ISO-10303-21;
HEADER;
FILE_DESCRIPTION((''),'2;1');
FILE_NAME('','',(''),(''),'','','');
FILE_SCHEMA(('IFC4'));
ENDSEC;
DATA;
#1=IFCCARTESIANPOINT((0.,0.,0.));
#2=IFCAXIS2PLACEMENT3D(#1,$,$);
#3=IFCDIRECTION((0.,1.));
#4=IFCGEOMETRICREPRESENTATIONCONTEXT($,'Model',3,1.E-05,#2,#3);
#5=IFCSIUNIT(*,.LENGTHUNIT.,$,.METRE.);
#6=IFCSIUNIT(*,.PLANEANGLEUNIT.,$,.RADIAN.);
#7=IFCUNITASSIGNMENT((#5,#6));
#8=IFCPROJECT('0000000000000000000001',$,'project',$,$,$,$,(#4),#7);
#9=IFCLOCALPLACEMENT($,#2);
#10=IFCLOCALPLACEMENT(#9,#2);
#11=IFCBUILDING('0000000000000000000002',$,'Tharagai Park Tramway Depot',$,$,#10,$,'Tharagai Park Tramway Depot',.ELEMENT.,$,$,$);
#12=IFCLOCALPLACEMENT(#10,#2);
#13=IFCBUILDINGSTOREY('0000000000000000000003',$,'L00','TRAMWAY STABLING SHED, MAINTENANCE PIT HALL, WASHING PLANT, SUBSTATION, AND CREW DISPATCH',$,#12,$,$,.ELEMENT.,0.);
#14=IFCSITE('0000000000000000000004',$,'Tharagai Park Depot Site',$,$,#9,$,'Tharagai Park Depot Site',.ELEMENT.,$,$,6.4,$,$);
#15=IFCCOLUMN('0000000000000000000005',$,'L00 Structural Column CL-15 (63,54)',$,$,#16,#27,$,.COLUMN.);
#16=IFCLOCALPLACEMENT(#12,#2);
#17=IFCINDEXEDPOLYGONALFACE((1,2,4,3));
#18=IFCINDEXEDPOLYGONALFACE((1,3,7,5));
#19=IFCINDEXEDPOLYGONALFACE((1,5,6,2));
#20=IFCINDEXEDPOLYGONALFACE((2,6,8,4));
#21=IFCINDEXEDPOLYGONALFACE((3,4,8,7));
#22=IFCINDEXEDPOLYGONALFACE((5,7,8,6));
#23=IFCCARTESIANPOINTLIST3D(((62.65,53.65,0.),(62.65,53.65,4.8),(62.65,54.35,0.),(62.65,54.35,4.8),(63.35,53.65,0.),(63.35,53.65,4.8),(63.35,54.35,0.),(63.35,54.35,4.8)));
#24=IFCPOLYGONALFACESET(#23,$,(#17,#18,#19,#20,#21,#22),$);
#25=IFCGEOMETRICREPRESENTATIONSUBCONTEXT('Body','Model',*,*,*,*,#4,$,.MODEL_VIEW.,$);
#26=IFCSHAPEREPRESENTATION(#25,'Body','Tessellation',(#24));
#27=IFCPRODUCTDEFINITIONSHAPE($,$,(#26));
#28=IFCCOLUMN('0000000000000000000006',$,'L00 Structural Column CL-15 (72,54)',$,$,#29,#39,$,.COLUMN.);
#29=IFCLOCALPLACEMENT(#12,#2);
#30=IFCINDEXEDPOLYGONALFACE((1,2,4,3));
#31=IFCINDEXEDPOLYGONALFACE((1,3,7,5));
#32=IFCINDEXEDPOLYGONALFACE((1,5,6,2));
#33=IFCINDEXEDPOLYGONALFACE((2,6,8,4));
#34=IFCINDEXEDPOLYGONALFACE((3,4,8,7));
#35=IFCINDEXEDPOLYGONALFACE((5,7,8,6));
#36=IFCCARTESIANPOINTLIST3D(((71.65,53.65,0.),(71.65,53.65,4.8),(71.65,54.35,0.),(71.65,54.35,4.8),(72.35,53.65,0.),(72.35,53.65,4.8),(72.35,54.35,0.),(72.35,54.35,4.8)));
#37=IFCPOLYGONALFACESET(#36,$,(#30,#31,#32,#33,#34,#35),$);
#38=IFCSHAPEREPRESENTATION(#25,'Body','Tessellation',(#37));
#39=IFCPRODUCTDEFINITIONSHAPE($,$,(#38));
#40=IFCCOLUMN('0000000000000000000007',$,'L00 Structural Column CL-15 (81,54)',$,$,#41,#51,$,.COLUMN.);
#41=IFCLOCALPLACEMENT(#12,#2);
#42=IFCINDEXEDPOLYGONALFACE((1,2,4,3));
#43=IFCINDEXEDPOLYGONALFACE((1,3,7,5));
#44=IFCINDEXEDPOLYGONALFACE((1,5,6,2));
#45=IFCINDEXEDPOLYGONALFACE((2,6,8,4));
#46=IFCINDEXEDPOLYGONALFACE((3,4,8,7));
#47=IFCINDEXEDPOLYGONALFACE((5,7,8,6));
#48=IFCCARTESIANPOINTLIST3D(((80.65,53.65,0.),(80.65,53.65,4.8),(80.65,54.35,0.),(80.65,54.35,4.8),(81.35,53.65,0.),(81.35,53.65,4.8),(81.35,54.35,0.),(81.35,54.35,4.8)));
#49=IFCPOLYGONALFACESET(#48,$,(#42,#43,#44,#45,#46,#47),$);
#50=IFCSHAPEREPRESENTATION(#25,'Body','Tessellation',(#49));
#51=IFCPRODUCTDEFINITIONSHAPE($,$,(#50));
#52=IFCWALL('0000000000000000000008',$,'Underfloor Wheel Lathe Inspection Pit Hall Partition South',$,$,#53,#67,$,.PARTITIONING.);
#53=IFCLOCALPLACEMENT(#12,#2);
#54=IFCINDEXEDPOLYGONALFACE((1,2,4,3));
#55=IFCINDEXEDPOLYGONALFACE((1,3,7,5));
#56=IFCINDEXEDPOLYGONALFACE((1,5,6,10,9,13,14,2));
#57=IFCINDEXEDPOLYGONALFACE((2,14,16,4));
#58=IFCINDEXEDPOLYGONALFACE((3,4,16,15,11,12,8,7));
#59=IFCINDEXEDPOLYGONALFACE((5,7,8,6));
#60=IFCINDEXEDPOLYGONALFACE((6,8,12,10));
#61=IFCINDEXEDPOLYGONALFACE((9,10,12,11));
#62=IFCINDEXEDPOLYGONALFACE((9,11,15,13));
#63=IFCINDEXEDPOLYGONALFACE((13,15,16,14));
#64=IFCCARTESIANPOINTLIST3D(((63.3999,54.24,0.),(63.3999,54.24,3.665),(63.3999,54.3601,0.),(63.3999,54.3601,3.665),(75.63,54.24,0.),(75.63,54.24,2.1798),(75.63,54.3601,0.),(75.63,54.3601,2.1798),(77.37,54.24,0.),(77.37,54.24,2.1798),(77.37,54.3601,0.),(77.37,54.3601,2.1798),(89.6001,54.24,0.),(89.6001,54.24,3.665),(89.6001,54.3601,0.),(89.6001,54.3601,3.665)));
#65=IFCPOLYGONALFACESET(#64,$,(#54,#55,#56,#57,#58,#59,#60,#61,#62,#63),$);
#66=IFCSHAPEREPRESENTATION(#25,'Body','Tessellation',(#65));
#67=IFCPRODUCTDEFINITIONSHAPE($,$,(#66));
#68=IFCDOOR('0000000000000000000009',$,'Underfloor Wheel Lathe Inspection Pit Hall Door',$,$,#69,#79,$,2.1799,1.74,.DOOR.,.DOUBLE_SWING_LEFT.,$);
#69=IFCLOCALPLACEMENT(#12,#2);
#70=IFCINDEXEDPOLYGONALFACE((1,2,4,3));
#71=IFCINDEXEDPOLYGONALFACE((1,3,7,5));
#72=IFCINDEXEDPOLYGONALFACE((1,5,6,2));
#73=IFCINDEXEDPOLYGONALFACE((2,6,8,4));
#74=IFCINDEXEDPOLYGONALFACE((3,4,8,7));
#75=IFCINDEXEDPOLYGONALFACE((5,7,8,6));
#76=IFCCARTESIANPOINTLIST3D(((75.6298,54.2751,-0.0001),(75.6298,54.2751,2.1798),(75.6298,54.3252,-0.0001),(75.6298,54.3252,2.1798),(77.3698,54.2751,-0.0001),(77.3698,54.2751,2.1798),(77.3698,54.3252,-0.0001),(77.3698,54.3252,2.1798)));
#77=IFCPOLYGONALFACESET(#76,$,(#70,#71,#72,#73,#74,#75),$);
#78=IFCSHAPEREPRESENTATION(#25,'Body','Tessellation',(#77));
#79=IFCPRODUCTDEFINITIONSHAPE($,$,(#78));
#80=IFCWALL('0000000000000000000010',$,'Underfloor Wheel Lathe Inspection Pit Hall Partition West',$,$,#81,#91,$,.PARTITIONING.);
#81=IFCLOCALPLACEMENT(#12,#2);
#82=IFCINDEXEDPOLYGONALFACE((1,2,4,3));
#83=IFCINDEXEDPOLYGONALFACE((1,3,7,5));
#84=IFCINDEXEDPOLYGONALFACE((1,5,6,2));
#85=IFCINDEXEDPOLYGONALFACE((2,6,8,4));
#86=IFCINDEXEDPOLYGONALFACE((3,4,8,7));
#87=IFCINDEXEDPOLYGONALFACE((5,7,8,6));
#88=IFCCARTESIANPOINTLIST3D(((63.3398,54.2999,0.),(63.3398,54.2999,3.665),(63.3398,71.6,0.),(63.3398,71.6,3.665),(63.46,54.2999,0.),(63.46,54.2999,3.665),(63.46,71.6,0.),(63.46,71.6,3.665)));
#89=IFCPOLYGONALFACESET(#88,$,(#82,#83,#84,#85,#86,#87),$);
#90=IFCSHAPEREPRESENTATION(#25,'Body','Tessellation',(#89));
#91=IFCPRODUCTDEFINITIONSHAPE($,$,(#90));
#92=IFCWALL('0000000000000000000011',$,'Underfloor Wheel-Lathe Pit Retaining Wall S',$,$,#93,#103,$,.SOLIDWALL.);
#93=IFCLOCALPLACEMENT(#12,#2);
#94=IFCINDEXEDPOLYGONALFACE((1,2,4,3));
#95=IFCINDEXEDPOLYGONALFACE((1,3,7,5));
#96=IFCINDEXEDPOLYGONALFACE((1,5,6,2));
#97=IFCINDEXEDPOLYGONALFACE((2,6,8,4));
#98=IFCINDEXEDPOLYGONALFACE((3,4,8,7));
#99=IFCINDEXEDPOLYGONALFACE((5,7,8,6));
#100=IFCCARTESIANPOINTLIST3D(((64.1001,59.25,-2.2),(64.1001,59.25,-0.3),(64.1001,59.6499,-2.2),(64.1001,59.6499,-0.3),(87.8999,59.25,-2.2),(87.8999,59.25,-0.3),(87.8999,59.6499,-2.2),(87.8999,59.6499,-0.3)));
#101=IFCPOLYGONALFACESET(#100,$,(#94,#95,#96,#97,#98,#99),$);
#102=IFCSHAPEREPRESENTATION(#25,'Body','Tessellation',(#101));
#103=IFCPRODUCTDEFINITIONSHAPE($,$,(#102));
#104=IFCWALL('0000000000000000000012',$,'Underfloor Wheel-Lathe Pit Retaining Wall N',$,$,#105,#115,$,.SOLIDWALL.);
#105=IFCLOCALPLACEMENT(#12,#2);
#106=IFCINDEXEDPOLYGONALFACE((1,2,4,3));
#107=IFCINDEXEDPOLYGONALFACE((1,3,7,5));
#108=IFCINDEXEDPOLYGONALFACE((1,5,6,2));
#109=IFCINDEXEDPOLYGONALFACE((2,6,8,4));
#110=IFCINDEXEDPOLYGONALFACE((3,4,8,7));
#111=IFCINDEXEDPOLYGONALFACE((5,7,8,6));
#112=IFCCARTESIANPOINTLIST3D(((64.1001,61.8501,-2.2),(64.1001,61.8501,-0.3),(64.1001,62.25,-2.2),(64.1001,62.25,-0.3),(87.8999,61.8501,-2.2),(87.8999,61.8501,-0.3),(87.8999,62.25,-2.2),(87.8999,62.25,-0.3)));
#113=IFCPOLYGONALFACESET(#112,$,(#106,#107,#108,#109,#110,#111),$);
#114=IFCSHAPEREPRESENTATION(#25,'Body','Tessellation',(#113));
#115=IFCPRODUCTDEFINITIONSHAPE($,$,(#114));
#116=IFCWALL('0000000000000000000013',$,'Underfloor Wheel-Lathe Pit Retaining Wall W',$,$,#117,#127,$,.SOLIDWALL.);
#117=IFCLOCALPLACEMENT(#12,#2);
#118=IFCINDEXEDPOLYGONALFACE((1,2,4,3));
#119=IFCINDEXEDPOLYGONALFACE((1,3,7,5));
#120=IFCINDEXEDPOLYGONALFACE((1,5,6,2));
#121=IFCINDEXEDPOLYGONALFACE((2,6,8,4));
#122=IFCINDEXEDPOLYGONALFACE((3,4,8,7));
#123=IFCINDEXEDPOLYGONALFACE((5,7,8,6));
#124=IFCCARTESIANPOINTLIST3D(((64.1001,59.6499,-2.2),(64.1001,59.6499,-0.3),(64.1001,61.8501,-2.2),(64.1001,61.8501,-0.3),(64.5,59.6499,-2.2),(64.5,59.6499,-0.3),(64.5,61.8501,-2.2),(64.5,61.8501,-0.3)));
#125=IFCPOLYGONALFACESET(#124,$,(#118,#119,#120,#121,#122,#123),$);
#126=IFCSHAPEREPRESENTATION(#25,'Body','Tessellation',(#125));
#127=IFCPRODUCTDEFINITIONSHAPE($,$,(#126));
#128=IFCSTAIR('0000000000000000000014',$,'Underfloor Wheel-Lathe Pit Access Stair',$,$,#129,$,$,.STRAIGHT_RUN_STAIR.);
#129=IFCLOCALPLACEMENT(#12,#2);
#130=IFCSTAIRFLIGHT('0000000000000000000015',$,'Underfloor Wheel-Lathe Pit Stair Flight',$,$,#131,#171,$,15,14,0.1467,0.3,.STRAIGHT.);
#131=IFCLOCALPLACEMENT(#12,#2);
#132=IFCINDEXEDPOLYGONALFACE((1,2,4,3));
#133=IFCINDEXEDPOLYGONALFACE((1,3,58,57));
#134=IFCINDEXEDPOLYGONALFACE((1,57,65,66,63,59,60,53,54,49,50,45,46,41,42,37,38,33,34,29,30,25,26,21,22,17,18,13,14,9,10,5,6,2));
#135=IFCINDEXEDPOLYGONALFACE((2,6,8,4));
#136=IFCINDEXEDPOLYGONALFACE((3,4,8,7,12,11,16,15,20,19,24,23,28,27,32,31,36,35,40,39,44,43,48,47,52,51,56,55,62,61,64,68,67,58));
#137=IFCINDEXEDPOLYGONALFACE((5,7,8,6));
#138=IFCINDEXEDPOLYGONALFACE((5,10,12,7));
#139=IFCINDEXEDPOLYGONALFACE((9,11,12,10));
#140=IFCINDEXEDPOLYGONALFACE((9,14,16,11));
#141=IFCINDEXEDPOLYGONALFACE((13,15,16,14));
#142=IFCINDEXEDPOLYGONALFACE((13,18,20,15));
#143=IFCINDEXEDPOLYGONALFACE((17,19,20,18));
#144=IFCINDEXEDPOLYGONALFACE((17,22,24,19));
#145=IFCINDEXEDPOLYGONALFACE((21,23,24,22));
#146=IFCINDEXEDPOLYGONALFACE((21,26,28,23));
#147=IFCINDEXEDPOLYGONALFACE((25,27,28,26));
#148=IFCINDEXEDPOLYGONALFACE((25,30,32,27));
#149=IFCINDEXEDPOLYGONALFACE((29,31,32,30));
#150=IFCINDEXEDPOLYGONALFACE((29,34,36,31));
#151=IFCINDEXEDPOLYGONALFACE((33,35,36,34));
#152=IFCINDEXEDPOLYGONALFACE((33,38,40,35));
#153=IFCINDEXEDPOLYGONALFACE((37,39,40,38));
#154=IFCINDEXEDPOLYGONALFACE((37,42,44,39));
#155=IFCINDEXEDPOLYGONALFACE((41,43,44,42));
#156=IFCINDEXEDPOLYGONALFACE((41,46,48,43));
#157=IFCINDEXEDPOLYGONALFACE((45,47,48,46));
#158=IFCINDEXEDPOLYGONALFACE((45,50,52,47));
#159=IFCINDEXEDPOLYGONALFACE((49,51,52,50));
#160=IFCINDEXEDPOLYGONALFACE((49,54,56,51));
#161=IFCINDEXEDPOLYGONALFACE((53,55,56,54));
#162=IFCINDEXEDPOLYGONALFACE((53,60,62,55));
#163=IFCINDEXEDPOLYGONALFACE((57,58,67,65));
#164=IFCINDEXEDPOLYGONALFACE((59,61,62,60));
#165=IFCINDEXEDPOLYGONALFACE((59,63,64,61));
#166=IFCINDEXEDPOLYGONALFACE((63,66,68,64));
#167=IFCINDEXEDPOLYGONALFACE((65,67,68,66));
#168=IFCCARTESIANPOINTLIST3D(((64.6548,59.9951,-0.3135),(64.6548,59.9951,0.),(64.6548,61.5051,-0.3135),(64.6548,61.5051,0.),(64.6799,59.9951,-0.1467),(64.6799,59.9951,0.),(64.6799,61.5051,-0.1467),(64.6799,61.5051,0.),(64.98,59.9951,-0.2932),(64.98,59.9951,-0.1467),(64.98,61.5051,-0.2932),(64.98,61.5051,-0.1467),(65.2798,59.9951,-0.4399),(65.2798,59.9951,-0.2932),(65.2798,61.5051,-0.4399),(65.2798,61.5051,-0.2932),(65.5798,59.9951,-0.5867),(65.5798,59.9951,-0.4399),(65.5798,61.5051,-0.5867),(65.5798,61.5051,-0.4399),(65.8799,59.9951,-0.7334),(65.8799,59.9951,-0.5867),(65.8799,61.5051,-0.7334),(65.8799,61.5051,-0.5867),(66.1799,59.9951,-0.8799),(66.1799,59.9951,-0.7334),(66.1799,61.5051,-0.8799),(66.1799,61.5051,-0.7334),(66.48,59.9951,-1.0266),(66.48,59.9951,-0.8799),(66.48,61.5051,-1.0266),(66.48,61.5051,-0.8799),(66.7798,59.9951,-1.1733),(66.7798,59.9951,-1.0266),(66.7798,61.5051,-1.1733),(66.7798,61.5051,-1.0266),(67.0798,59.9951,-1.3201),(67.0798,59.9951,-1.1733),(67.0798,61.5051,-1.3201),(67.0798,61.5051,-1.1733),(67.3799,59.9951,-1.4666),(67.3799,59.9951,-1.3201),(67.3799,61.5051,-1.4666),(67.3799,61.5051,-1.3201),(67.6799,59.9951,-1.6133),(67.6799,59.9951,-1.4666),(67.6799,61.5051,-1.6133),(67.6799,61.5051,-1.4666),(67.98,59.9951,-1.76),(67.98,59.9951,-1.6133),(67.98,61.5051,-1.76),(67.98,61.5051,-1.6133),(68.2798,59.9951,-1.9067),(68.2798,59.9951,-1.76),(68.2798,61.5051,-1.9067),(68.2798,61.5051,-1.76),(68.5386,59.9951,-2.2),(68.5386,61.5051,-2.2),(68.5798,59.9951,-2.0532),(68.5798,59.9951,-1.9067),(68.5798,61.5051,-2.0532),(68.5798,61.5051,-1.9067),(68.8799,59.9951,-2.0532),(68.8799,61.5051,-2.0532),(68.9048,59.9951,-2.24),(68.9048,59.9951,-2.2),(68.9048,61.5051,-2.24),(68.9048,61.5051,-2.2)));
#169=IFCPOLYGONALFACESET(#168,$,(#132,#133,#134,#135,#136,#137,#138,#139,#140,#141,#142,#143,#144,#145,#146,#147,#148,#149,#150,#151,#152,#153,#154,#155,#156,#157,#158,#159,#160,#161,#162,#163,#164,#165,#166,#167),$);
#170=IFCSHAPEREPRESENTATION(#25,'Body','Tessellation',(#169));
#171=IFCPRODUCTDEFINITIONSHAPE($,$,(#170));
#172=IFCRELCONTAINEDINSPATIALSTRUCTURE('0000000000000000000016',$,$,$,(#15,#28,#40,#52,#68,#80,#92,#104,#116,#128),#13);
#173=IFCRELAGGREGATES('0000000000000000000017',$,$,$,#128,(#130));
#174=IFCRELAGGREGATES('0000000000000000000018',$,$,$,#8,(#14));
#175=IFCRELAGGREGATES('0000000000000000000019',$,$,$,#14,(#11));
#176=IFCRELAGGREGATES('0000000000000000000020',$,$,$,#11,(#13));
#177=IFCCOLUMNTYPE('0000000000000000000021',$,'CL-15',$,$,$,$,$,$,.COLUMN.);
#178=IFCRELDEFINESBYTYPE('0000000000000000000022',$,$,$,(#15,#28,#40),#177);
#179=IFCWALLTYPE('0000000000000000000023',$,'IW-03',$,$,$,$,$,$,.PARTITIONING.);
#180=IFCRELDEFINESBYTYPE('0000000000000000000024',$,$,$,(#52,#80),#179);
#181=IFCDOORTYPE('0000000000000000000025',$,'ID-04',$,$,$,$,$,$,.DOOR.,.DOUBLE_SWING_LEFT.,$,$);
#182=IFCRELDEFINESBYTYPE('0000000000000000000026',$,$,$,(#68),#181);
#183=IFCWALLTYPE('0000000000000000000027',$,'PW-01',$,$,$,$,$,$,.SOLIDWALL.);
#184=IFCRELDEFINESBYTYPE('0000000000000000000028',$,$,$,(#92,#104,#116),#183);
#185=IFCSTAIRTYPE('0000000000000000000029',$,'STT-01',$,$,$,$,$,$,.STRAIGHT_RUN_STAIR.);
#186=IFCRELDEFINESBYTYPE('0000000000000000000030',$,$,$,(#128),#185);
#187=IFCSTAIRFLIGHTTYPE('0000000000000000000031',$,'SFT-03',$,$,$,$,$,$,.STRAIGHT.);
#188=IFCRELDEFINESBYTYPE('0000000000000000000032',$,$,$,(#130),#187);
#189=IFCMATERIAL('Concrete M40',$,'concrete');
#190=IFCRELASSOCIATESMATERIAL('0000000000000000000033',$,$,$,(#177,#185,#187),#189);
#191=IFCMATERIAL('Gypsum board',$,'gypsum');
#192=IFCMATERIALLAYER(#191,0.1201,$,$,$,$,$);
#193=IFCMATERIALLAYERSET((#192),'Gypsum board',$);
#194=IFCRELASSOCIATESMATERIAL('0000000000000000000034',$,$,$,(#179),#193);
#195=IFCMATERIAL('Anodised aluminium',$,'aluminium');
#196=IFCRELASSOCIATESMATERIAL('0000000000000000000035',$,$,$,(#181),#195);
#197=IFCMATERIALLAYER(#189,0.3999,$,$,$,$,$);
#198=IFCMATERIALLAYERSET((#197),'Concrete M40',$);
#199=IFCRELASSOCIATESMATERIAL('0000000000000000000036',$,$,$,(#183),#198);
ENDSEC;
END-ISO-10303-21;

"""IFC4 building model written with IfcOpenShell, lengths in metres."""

from ifc_helpers import new_model, si_unit, direction, frame, frame_2d, origin, origin_2d, place, context, subcontext, project, spatial, polyline, rectangle, outline, extrude, material, layer, layer_set, material_profile, profile_set, type_object, element, fill, aggregate, save


model = new_model("IFC4")

# Units and contexts
model_context = context("Model", 3, precision=1e-05, world=origin(), true_north=direction((0.0, 1.0)))
body_context = subcontext(model_context, "Body", "Model", "MODEL_VIEW")
ifc_project = project(units=[si_unit("LENGTHUNIT", "METRE"), si_unit("PLANEANGLEUNIT", "RADIAN")], contexts=[model_context])

# Site, building, storey
site_placement = place(None, origin())
site = spatial("IfcSite", under=ifc_project, at=site_placement, Name="Tharagai Park Depot Site", LongName="Tharagai Park Depot Site", CompositionType="ELEMENT", RefElevation=6.4)
building_placement = place(site_placement, origin())
building = spatial("IfcBuilding", under=site, at=building_placement, Name="Tharagai Park Tramway Depot", LongName="Tharagai Park Tramway Depot", CompositionType="ELEMENT")
storey_placement = place(building_placement, origin())
storey = spatial("IfcBuildingStorey", under=building, at=storey_placement, Name="L00", Description="TRAMWAY STABLING SHED, MAINTENANCE PIT HALL, WASHING PLANT, SUBSTATION, AND CREW DISPATCH", CompositionType="ELEMENT", Elevation=0.0)

# Shared definitions
ifc_material_1 = material(Name="Concrete M40", Category="concrete")

# Columns
ifc_material_profile_1 = material_profile(ifc_material_1, rectangle(XDim=0.7, YDim=0.7, at=origin_2d()), Name="RC 700x700")
ifc_profile_set_1 = profile_set([ifc_material_profile_1], Name="Concrete M40")
column_type = type_object("IfcColumnType", Name="CL-15", PredefinedType="COLUMN", material=ifc_profile_set_1)
for number, where, z_axis, x_axis, name in (
    (1, (63.0, 54.0, 0.0), (0.0, 0.0, 1.0), (1.0, 0.0, 0.0), "L00 Structural Column CL-15 (63,54)"),
    (2, (72.0, 54.0, 0.0), (0.0, 0.0, 1.0), (1.0, 0.0, 0.0), "L00 Structural Column CL-15 (72,54)"),
    (3, (81.0, 54.0, 0.0), (0.0, 0.0, 1.0), (1.0, 0.0, 0.0), "L00 Structural Column CL-15 (81,54)"),
):
    element("IfcColumn", number, at=place(storey_placement, frame(where, z_axis=z_axis, x_axis=x_axis)), inside=storey, type_object=column_type, Name=name, PredefinedType="COLUMN", context=body_context, shape_type="SweptSolid", body=[
        extrude(rectangle(XDim=0.7, YDim=0.7, at=origin_2d()), origin(), (0.0, 0.0, 1.0), 4.8),
    ])

# Wall, opening, door
ifc_material_2 = material(Name="Gypsum board", Category="gypsum")
ifc_layer_1 = layer(ifc_material_2, 0.1201)
ifc_layer_set_1 = layer_set([ifc_layer_1], Name="Gypsum board")
wall_type_1 = type_object("IfcWallType", Name="IW-03", PredefinedType="PARTITIONING", material=ifc_layer_set_1)
wall_1_placement = place(storey_placement, frame((63.3999, 54.3, 0.0), z_axis=(0.0, 0.0, 1.0), x_axis=(1.0, 0.0, 0.0)))
wall_1 = element("IfcWall", 4, at=wall_1_placement, inside=storey, type_object=wall_type_1, Name="Underfloor Wheel Lathe Inspection Pit Hall Partition South", PredefinedType="PARTITIONING", context=body_context, shape_type="SweptSolid", body=[
    extrude(rectangle(XDim=26.2002, YDim=0.1201, at=frame_2d((13.1001, 0.0))), origin(), (0.0, 0.0, 1.0), 3.665),
])
opening_placement = place(wall_1_placement, frame((12.23, 0.0, 0.0)))
opening = element("IfcOpeningElement", 5, at=opening_placement, cuts=wall_1, PredefinedType="OPENING", context=body_context, shape_type="SweptSolid", body=[
    extrude(rectangle(XDim=1.74, YDim=2.1799, at=frame_2d((0.8701, 1.0898))), frame((0.0, 0.0701, 0.0), z_axis=(0.0, -1.0, 0.0), x_axis=(1.0, 0.0, 0.0)), (0.0, 0.0, 1.0), 0.1401),
])
ifc_material_3 = material(Name="Anodised aluminium", Category="aluminium")
door_type = type_object("IfcDoorType", Name="ID-04", OperationType="DOUBLE_SWING_LEFT", PredefinedType="DOOR", material=ifc_material_3)
door_placement = place(opening_placement, frame((1.74, 0.0, 0.0), z_axis=(0.0, 0.0, 1.0), x_axis=(-1.0, 0.0, 0.0)))
door = element("IfcDoor", 6, at=door_placement, inside=storey, type_object=door_type, Name="Underfloor Wheel Lathe Inspection Pit Hall Door", OperationType="DOUBLE_SWING_LEFT", OverallHeight=2.1799, OverallWidth=1.74, PredefinedType="DOOR", context=body_context, shape_type="SweptSolid", body=[
    extrude(rectangle(XDim=1.74, YDim=2.1799, at=frame_2d((0.8701, 1.0898))), frame((0.0, 0.0249, 0.0), z_axis=(0.0, -1.0, 0.0), x_axis=(1.0, 0.0, 0.0)), (0.0, 0.0, 1.0), 0.05),
])
fill(opening, door)

# Walls
wall_2_placement = place(storey_placement, frame((63.3999, 54.3, 0.0), z_axis=(0.0, 0.0, 1.0), x_axis=(0.0, 1.0, 0.0)))
element("IfcWall", 7, at=wall_2_placement, inside=storey, type_object=wall_type_1, Name="Underfloor Wheel Lathe Inspection Pit Hall Partition West", PredefinedType="PARTITIONING", context=body_context, shape_type="SweptSolid", body=[
    extrude(rectangle(XDim=17.3, YDim=0.1201, at=frame_2d((8.6499, 0.0))), origin(), (0.0, 0.0, 1.0), 3.665),
])
ifc_layer_2 = layer(ifc_material_1, 0.3999)
ifc_layer_set_2 = layer_set([ifc_layer_2], Name="Concrete M40")
wall_type_2 = type_object("IfcWallType", Name="PW-01", PredefinedType="SOLIDWALL", material=ifc_layer_set_2)
for number, where, z_axis, x_axis, name in (
    (8, (64.1001, 59.45, -2.2), (0.0, 0.0, 1.0), (1.0, 0.0, 0.0), "Underfloor Wheel-Lathe Pit Retaining Wall S"),
    (9, (64.1001, 62.05, -2.2), (0.0, 0.0, 1.0), (1.0, 0.0, 0.0), "Underfloor Wheel-Lathe Pit Retaining Wall N"),
):
    element("IfcWall", number, at=place(storey_placement, frame(where, z_axis=z_axis, x_axis=x_axis)), inside=storey, type_object=wall_type_2, Name=name, PredefinedType="SOLIDWALL", context=body_context, shape_type="SweptSolid", body=[
        extrude(rectangle(XDim=23.7998, YDim=0.3999, at=frame_2d((11.8999, 0.0))), origin(), (0.0, 0.0, 1.0), 1.8999),
    ])
wall_3_placement = place(storey_placement, frame((64.3, 59.6499, -2.2), z_axis=(0.0, 0.0, 1.0), x_axis=(0.0, 1.0, 0.0)))
element("IfcWall", 10, at=wall_3_placement, inside=storey, type_object=wall_type_2, Name="Underfloor Wheel-Lathe Pit Retaining Wall W", PredefinedType="SOLIDWALL", context=body_context, shape_type="SweptSolid", body=[
    extrude(rectangle(XDim=2.2002, YDim=0.3999, at=frame_2d((1.1001, 0.0))), origin(), (0.0, 0.0, 1.0), 1.8999),
])

# Stair, stair flight
stair_type = type_object("IfcStairType", Name="STT-01", PredefinedType="STRAIGHT_RUN_STAIR", material=ifc_material_1)
stair_placement = place(storey_placement, origin())
stair = element("IfcStair", 11, at=stair_placement, inside=storey, type_object=stair_type, Name="Underfloor Wheel-Lathe Pit Access Stair", PredefinedType="STRAIGHT_RUN_STAIR")
stair_flight_type = type_object("IfcStairFlightType", Name="SFT-03", PredefinedType="STRAIGHT", material=ifc_material_1)
stair_flight_placement = place(storey_placement, frame((68.8799, 60.75, -2.2), z_axis=(0.0, 0.0, 1.0), x_axis=(-1.0, 0.0, 0.0)))
stair_flight = element("IfcStairFlight", 12, at=stair_flight_placement, type_object=stair_flight_type, Name="Underfloor Wheel-Lathe Pit Stair Flight", NumberOfRisers=15, NumberOfTreads=14, PredefinedType="STRAIGHT", RiserHeight=0.1467, TreadLength=0.3, context=body_context, shape_type="SweptSolid", body=[
    extrude(outline(polyline([(-0.0249, 0.0), (0.0, 0.1467), (0.3, 0.1467), (0.3, 0.2932), (0.6001, 0.2932), (0.6001, 0.4399), (0.8999, 0.4399), (0.8999, 0.5867), (1.2, 0.5867), (1.2, 0.7334), (1.5, 0.7334), (1.5, 0.8799), (1.8, 0.8799), (1.8, 1.0266), (2.1001, 1.0266), (2.1001, 1.1733), (2.3999, 1.1733), (2.3999, 1.3201), (2.7, 1.3201), (2.7, 1.4666), (3.0, 1.4666), (3.0, 1.6133), (3.3, 1.6133), (3.3, 1.76), (3.6001, 1.76), (3.6001, 1.9067), (3.8999, 1.9067), (3.8999, 2.0532), (4.2, 2.0532), (4.2, 2.2), (4.2251, 2.2), (4.2251, 1.8865), (0.3413, 0.0), (-0.0249, -0.04), (-0.0249, 0.0)])), frame((0.0, 0.7549, 0.0), z_axis=(0.0, -1.0, 0.0), x_axis=(1.0, 0.0, 0.0)), (0.0, 0.0, 1.0), 1.51),
])
aggregate(stair, [stair_flight])

save(model, "model.ifc")
